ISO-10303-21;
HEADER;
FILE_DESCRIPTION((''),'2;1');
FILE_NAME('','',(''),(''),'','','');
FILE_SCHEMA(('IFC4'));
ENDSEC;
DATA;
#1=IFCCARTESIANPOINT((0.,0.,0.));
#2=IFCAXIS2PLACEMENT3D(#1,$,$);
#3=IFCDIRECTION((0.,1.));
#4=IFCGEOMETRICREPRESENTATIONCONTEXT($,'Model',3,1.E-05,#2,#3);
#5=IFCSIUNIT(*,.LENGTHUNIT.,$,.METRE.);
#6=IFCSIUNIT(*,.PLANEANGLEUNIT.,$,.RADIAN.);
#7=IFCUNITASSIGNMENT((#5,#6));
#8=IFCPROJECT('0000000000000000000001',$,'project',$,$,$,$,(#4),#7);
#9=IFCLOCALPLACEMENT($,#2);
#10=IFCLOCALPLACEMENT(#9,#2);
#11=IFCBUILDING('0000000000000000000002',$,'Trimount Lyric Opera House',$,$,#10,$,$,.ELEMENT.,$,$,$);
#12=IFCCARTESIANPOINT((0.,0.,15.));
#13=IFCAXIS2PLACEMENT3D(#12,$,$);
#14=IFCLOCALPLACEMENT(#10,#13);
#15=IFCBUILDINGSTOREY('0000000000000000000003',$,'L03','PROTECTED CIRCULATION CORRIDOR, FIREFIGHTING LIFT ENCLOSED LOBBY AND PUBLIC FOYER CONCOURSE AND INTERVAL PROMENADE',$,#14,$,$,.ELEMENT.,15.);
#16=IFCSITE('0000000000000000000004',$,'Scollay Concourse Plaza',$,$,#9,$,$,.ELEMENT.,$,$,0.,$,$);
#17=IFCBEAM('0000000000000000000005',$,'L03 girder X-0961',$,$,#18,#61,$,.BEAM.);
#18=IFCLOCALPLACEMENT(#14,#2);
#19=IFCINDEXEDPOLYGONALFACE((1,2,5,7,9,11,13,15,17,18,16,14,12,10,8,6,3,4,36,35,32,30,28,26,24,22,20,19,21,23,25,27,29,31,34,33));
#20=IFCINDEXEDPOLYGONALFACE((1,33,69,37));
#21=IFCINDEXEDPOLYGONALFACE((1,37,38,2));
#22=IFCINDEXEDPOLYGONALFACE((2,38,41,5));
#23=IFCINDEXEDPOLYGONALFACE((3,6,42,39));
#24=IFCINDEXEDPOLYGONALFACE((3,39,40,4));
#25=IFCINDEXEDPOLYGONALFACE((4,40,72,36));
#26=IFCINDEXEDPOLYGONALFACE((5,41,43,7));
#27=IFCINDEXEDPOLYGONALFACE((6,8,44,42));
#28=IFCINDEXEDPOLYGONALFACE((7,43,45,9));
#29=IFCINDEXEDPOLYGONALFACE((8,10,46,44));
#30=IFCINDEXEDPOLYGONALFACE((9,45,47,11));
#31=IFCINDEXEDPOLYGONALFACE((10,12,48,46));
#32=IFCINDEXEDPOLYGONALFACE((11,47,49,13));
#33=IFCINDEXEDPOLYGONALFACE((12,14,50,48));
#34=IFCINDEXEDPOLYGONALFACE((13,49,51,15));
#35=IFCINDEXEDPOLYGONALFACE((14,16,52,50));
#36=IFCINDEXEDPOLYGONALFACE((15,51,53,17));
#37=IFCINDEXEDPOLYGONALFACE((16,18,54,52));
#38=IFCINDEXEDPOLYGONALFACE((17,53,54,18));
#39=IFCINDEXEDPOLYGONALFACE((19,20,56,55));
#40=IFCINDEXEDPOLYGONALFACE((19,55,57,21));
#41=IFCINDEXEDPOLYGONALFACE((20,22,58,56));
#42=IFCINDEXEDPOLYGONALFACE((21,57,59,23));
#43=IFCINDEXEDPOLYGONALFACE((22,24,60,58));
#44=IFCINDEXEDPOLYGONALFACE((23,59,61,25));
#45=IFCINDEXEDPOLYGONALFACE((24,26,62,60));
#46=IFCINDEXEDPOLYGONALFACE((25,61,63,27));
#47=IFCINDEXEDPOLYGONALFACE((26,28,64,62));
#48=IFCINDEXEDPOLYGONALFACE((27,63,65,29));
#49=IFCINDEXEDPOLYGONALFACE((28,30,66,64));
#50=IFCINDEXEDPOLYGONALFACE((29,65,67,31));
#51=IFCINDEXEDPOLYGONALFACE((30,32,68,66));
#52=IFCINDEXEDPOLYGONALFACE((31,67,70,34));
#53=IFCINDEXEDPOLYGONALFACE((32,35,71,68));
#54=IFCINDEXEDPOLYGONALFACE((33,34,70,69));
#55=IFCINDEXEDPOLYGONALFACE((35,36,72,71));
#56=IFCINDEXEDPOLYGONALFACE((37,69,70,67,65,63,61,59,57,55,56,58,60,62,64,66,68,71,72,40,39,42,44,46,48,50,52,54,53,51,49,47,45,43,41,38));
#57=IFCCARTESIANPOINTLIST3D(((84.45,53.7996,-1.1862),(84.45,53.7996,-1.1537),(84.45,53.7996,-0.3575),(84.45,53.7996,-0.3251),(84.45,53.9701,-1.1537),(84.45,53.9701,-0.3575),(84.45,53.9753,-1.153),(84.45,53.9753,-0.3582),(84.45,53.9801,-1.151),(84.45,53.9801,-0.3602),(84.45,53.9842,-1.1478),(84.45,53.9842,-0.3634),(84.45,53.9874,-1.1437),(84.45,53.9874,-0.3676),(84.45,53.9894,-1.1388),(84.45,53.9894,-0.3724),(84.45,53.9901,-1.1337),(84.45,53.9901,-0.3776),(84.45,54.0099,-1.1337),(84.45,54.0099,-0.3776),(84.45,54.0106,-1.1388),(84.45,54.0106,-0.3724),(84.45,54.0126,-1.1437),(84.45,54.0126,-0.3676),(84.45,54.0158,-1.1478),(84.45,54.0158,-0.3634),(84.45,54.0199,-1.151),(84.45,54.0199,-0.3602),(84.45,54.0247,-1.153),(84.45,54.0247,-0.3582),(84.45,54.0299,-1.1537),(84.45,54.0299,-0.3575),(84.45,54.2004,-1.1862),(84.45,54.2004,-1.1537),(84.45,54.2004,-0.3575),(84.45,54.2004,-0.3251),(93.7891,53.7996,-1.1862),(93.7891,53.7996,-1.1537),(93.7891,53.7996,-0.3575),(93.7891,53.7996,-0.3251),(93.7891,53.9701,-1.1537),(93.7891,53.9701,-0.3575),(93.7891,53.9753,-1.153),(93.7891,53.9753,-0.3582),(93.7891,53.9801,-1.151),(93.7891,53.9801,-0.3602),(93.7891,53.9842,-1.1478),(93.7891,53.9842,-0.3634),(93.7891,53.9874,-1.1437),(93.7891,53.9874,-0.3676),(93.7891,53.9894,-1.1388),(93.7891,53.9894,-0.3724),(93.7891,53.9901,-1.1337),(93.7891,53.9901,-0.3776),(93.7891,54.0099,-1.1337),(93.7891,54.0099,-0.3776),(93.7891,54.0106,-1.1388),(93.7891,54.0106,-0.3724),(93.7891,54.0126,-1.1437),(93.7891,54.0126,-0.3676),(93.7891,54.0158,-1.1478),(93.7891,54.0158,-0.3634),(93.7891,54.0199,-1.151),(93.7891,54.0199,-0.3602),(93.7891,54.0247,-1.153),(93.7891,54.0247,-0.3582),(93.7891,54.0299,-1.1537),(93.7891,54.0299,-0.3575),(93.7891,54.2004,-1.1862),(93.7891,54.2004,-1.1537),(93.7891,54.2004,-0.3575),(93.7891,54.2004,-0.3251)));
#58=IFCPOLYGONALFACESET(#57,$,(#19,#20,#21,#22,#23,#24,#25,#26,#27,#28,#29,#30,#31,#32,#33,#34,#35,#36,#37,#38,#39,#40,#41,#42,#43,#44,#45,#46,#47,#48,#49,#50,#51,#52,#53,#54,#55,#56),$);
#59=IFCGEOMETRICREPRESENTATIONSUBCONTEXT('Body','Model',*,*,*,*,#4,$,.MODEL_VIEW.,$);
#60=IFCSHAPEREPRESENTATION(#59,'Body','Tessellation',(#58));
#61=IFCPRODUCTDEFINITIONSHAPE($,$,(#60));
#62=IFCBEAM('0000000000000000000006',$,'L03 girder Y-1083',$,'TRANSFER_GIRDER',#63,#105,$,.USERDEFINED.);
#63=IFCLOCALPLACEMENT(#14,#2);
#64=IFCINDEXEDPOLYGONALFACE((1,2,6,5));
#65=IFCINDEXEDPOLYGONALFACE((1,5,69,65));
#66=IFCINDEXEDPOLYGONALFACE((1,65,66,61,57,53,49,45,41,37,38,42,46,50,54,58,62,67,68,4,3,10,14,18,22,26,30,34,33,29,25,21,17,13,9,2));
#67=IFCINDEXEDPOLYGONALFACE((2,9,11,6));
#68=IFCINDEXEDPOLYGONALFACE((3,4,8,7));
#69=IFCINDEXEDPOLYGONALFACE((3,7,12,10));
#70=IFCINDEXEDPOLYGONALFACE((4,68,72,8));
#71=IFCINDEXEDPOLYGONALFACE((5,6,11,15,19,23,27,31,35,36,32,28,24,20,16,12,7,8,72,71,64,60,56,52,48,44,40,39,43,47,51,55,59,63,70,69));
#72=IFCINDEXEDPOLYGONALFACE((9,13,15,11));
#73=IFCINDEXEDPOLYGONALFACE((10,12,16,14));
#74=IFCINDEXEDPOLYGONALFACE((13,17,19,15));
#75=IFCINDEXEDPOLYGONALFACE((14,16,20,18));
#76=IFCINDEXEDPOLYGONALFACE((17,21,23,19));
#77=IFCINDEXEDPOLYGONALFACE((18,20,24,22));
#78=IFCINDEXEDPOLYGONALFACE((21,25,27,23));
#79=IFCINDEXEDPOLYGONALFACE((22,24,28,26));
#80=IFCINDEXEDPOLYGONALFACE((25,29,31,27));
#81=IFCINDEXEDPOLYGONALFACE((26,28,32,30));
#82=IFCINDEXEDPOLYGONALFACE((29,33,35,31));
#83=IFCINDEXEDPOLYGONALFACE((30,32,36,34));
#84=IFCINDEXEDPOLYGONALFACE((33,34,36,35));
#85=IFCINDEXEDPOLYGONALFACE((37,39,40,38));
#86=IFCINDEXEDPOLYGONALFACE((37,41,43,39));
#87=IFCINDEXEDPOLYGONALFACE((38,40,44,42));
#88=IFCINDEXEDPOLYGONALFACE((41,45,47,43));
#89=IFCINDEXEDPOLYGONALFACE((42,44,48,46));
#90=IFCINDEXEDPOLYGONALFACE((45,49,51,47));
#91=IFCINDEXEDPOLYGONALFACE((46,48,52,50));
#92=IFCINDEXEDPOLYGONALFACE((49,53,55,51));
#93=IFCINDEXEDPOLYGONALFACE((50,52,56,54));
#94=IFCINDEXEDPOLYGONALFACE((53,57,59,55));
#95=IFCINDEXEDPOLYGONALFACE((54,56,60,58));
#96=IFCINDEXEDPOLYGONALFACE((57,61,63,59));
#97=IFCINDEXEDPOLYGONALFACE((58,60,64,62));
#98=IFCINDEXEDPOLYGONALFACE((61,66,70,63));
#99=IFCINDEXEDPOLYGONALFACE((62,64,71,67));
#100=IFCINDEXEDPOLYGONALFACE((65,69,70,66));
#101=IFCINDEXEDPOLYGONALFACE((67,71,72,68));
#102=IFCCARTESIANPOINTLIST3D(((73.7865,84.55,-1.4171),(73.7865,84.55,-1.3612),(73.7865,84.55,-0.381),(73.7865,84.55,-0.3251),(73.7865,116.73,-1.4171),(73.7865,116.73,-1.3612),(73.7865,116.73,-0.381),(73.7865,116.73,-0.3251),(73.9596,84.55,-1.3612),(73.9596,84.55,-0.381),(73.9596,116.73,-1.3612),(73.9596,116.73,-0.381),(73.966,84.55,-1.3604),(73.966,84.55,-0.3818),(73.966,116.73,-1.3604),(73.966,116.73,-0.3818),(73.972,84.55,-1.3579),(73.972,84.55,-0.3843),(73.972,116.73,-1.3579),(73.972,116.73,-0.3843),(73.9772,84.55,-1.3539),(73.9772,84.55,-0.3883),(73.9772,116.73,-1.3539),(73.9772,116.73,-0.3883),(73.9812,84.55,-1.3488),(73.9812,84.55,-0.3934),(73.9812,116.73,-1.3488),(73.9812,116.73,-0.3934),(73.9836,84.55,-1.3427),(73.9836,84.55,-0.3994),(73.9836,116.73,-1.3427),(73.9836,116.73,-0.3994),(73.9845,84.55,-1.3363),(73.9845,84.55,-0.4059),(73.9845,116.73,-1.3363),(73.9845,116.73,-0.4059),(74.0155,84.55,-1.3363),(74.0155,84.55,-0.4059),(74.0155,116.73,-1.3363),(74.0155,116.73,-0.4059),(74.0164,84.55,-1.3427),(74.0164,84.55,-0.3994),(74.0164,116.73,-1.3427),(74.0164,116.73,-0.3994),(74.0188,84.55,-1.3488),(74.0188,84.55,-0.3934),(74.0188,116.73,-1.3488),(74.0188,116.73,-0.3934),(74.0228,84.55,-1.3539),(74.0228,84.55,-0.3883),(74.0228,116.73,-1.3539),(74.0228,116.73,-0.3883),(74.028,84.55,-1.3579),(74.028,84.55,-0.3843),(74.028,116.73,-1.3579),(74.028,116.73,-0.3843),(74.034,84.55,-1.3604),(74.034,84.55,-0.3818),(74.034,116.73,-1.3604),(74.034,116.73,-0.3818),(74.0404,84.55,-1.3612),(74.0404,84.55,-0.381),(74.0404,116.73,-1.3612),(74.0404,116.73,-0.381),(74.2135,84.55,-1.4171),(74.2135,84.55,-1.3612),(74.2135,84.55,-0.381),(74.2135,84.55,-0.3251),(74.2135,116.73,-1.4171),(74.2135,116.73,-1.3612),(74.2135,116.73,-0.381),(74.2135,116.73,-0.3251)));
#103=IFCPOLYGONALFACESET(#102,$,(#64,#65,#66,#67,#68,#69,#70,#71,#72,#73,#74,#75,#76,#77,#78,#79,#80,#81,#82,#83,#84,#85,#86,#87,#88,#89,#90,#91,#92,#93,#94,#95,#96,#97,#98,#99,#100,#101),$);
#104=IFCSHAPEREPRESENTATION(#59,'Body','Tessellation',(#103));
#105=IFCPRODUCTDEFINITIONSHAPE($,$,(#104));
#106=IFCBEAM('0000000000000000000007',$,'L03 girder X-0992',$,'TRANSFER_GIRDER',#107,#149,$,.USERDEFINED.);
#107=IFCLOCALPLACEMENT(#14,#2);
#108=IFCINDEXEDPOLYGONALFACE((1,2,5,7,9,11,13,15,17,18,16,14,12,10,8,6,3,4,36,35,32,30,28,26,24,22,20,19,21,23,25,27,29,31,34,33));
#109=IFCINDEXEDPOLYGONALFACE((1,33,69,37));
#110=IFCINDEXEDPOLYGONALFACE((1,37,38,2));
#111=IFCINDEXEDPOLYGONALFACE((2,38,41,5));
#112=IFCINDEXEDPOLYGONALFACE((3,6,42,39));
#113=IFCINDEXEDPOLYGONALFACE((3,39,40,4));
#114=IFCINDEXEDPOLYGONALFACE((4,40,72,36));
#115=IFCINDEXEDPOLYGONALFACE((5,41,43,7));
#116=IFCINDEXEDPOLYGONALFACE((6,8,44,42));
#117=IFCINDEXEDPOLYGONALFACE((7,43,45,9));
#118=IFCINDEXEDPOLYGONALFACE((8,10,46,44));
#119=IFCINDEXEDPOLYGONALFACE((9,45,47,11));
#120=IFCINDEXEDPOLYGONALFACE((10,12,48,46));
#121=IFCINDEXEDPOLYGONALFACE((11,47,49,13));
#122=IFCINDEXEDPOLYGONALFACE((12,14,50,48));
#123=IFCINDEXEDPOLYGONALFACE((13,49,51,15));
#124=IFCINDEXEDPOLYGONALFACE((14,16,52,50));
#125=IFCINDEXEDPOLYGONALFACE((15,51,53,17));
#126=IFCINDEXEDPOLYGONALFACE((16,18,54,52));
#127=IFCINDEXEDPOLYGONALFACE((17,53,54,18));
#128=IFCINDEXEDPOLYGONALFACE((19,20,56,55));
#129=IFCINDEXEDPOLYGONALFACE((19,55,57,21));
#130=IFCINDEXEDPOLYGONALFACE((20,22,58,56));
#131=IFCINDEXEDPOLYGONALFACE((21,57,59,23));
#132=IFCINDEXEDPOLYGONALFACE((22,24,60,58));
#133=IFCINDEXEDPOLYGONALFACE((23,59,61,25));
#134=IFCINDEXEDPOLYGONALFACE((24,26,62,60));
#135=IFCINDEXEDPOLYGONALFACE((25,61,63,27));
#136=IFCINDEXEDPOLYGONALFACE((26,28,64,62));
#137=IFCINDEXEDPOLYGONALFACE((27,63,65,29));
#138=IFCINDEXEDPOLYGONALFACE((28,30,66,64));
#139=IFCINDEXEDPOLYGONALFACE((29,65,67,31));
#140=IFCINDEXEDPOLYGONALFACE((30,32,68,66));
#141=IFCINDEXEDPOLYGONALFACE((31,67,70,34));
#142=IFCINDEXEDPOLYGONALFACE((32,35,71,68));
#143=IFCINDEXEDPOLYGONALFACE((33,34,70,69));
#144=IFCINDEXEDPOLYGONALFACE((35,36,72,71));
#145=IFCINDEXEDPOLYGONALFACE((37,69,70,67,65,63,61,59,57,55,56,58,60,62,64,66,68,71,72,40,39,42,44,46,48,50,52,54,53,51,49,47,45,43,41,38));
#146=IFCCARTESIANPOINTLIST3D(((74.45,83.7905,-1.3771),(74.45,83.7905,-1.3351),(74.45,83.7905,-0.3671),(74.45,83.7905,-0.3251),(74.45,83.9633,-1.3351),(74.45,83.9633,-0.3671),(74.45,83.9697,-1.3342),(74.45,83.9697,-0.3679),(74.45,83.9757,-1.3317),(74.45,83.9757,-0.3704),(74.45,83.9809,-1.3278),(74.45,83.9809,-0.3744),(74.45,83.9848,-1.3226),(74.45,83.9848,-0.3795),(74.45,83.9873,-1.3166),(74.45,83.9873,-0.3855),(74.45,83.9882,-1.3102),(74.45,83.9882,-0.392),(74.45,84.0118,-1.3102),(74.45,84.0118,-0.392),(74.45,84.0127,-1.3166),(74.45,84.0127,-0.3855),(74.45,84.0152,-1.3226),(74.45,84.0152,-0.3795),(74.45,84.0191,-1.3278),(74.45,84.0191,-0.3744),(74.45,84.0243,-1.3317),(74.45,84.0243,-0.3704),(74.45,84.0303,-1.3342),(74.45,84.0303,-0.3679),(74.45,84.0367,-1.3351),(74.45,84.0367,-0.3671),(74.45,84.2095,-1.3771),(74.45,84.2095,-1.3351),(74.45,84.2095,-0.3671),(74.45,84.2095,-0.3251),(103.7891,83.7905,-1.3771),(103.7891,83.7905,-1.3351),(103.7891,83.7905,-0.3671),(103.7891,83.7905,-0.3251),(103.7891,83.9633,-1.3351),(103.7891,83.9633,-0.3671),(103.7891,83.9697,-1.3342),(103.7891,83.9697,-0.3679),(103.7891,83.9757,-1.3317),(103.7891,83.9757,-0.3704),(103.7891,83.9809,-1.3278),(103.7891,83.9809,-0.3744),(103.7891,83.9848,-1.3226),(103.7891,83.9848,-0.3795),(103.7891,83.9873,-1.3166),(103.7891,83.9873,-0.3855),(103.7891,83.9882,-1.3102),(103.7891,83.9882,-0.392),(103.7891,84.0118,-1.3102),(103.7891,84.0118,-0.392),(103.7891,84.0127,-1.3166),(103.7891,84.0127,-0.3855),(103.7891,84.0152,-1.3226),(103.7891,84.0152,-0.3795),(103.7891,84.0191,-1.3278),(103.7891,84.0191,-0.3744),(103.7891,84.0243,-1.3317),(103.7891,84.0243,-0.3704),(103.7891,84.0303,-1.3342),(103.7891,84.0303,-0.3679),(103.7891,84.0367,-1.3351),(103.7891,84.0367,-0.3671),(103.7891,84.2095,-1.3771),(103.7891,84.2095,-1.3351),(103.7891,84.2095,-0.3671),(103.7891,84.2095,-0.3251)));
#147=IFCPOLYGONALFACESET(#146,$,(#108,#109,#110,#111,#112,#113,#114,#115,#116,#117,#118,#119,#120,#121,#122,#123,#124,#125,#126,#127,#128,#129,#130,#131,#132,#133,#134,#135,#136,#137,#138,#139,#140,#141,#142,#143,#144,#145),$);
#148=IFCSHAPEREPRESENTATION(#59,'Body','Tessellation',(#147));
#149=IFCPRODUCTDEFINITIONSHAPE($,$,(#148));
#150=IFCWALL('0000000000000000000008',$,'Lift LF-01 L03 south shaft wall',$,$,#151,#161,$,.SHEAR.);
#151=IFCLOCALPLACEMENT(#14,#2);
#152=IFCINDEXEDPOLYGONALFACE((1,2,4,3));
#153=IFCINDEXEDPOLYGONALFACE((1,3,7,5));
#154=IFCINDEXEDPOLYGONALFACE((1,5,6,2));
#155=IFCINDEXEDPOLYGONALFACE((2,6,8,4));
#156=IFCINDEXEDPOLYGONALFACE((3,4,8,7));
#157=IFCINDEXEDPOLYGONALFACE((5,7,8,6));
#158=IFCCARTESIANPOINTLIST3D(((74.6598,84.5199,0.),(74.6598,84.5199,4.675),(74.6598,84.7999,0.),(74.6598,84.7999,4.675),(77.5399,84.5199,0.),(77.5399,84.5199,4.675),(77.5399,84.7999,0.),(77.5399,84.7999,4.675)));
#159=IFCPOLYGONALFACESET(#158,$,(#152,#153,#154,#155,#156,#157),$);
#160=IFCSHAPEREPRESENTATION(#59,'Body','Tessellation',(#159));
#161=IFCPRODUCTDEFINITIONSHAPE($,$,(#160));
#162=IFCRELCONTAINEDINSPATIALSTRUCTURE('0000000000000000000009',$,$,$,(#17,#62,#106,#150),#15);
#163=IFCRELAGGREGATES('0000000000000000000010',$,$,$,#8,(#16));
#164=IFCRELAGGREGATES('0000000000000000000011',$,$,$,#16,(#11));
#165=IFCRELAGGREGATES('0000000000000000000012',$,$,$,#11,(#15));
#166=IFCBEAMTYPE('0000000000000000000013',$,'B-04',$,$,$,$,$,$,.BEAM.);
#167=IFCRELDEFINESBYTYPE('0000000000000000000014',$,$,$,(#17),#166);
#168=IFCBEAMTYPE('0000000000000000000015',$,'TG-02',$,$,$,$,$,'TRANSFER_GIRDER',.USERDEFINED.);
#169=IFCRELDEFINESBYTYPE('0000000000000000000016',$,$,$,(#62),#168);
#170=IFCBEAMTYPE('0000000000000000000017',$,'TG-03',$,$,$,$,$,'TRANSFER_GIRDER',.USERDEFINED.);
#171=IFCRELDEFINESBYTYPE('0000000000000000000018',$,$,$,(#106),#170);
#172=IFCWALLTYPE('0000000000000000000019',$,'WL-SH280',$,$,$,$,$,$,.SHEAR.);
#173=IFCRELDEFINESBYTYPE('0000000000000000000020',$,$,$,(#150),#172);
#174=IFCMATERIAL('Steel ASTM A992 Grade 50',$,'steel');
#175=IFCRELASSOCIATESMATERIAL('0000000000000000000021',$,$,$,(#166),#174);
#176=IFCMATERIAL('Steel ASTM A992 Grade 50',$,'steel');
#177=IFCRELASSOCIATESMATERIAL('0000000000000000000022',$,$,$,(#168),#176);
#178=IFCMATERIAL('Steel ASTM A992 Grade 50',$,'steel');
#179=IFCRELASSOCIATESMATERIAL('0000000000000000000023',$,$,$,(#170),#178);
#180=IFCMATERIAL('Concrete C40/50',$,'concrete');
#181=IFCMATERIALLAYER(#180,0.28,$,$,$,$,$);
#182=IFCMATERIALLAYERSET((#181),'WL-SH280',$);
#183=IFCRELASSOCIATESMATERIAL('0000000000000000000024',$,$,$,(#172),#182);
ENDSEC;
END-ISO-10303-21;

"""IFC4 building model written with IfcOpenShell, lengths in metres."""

from ifc_helpers import new_model, si_unit, direction, frame, frame_2d, origin, origin_2d, place, context, subcontext, project, spatial, rectangle, i_section, extrude, material, layer, layer_set, material_profile, profile_set, type_object, element, save


model = new_model("IFC4")

# Units and contexts
model_context = context("Model", 3, precision=1e-05, world=origin(), true_north=direction((0.0, 1.0)))
body_context = subcontext(model_context, "Body", "Model", "MODEL_VIEW")
ifc_project = project(units=[si_unit("LENGTHUNIT", "METRE"), si_unit("PLANEANGLEUNIT", "RADIAN")], contexts=[model_context])

# Site, building, storey
site_placement = place(None, origin())
site = spatial("IfcSite", under=ifc_project, at=site_placement, Name="Scollay Concourse Plaza", CompositionType="ELEMENT", RefElevation=0.0)
building_placement = place(site_placement, origin())
building = spatial("IfcBuilding", under=site, at=building_placement, Name="Trimount Lyric Opera House", CompositionType="ELEMENT")
storey_placement = place(building_placement, frame((0.0, 0.0, 15.0)))
storey = spatial("IfcBuildingStorey", under=building, at=storey_placement, Name="L03", Description="PROTECTED CIRCULATION CORRIDOR, FIREFIGHTING LIFT ENCLOSED LOBBY AND PUBLIC FOYER CONCOURSE AND INTERVAL PROMENADE", CompositionType="ELEMENT", Elevation=15.0)

# Beams
ifc_material_1 = material(Name="Steel ASTM A992 Grade 50", Category="steel")
ifc_material_profile_1 = material_profile(ifc_material_1, i_section(OverallWidth=0.4009, OverallDepth=0.8611, WebThickness=0.0198, FlangeThickness=0.0325, FilletRadius=0.02, at=origin_2d()), Name="W33X221")
ifc_profile_set_1 = profile_set([ifc_material_profile_1], Name="Steel ASTM A992 Grade 50")
beam_type_1 = type_object("IfcBeamType", Name="B-04", PredefinedType="BEAM", material=ifc_profile_set_1)
beam_1_placement = place(storey_placement, frame((84.45, 54.0, -0.7556), z_axis=(1.0, 0.0, 0.0), x_axis=(0.0, 1.0, 0.0)))
element("IfcBeam", 1, at=beam_1_placement, inside=storey, type_object=beam_type_1, Name="L03 girder X-0961", PredefinedType="BEAM", context=body_context, shape_type="SweptSolid", body=[
    extrude(i_section(OverallWidth=0.4009, OverallDepth=0.8611, WebThickness=0.0198, FlangeThickness=0.0325, FilletRadius=0.02, at=origin_2d()), origin(), (0.0, 0.0, 1.0), 9.3391),
])
ifc_material_2 = material(Name="Steel ASTM A992 Grade 50", Category="steel")
ifc_material_profile_2 = material_profile(ifc_material_2, i_section(OverallWidth=0.427, OverallDepth=1.092, WebThickness=0.031, FlangeThickness=0.0559, FilletRadius=0.0249, at=origin_2d()), Name="W40X397")
ifc_profile_set_2 = profile_set([ifc_material_profile_2], Name="Steel ASTM A992 Grade 50")
beam_type_2 = type_object("IfcBeamType", Name="TG-02", ElementType="TRANSFER_GIRDER", PredefinedType="USERDEFINED", material=ifc_profile_set_2)
beam_2_placement = place(storey_placement, frame((74.0, 84.55, -0.8711), z_axis=(0.0, 1.0, 0.0), x_axis=(-1.0, 0.0, 0.0)))
element("IfcBeam", 2, at=beam_2_placement, inside=storey, type_object=beam_type_2, Name="L03 girder Y-1083", ObjectType="TRANSFER_GIRDER", PredefinedType="USERDEFINED", context=body_context, shape_type="SweptSolid", body=[
    extrude(i_section(OverallWidth=0.427, OverallDepth=1.092, WebThickness=0.031, FlangeThickness=0.0559, FilletRadius=0.0249, at=origin_2d()), origin(), (0.0, 0.0, 1.0), 32.1799),
])
ifc_material_3 = material(Name="Steel ASTM A992 Grade 50", Category="steel")
ifc_material_profile_3 = material_profile(ifc_material_3, i_section(OverallWidth=0.4189, OverallDepth=1.052, WebThickness=0.0237, FlangeThickness=0.042, FilletRadius=0.0249, at=origin_2d()), Name="W40X297")
ifc_profile_set_3 = profile_set([ifc_material_profile_3], Name="Steel ASTM A992 Grade 50")
beam_type_3 = type_object("IfcBeamType", Name="TG-03", ElementType="TRANSFER_GIRDER", PredefinedType="USERDEFINED", material=ifc_profile_set_3)
beam_3_placement = place(storey_placement, frame((74.45, 84.0, -0.8511), z_axis=(1.0, 0.0, 0.0), x_axis=(0.0, 1.0, 0.0)))
element("IfcBeam", 3, at=beam_3_placement, inside=storey, type_object=beam_type_3, Name="L03 girder X-0992", ObjectType="TRANSFER_GIRDER", PredefinedType="USERDEFINED", context=body_context, shape_type="SweptSolid", body=[
    extrude(i_section(OverallWidth=0.4189, OverallDepth=1.052, WebThickness=0.0237, FlangeThickness=0.042, FilletRadius=0.0249, at=origin_2d()), origin(), (0.0, 0.0, 1.0), 29.3391),
])

# Wall
ifc_material_4 = material(Name="Concrete C40/50", Category="concrete")
ifc_layer_1 = layer(ifc_material_4, 0.28)
ifc_layer_set_1 = layer_set([ifc_layer_1], Name="WL-SH280")
wall_type_1 = type_object("IfcWallType", Name="WL-SH280", PredefinedType="SHEAR", material=ifc_layer_set_1)
wall_1_placement = place(storey_placement, frame((74.6599, 84.6599, 0.0), z_axis=(0.0, 0.0, 1.0), x_axis=(1.0, 0.0, 0.0)))
element("IfcWall", 4, at=wall_1_placement, inside=storey, type_object=wall_type_1, Name="Lift LF-01 L03 south shaft wall", PredefinedType="SHEAR", context=body_context, shape_type="SweptSolid", body=[
    extrude(rectangle(XDim=2.8801, YDim=0.28, at=frame_2d((1.4399, 0.0))), origin(), (0.0, 0.0, 1.0), 4.675),
])

save(model, "model.ifc")
